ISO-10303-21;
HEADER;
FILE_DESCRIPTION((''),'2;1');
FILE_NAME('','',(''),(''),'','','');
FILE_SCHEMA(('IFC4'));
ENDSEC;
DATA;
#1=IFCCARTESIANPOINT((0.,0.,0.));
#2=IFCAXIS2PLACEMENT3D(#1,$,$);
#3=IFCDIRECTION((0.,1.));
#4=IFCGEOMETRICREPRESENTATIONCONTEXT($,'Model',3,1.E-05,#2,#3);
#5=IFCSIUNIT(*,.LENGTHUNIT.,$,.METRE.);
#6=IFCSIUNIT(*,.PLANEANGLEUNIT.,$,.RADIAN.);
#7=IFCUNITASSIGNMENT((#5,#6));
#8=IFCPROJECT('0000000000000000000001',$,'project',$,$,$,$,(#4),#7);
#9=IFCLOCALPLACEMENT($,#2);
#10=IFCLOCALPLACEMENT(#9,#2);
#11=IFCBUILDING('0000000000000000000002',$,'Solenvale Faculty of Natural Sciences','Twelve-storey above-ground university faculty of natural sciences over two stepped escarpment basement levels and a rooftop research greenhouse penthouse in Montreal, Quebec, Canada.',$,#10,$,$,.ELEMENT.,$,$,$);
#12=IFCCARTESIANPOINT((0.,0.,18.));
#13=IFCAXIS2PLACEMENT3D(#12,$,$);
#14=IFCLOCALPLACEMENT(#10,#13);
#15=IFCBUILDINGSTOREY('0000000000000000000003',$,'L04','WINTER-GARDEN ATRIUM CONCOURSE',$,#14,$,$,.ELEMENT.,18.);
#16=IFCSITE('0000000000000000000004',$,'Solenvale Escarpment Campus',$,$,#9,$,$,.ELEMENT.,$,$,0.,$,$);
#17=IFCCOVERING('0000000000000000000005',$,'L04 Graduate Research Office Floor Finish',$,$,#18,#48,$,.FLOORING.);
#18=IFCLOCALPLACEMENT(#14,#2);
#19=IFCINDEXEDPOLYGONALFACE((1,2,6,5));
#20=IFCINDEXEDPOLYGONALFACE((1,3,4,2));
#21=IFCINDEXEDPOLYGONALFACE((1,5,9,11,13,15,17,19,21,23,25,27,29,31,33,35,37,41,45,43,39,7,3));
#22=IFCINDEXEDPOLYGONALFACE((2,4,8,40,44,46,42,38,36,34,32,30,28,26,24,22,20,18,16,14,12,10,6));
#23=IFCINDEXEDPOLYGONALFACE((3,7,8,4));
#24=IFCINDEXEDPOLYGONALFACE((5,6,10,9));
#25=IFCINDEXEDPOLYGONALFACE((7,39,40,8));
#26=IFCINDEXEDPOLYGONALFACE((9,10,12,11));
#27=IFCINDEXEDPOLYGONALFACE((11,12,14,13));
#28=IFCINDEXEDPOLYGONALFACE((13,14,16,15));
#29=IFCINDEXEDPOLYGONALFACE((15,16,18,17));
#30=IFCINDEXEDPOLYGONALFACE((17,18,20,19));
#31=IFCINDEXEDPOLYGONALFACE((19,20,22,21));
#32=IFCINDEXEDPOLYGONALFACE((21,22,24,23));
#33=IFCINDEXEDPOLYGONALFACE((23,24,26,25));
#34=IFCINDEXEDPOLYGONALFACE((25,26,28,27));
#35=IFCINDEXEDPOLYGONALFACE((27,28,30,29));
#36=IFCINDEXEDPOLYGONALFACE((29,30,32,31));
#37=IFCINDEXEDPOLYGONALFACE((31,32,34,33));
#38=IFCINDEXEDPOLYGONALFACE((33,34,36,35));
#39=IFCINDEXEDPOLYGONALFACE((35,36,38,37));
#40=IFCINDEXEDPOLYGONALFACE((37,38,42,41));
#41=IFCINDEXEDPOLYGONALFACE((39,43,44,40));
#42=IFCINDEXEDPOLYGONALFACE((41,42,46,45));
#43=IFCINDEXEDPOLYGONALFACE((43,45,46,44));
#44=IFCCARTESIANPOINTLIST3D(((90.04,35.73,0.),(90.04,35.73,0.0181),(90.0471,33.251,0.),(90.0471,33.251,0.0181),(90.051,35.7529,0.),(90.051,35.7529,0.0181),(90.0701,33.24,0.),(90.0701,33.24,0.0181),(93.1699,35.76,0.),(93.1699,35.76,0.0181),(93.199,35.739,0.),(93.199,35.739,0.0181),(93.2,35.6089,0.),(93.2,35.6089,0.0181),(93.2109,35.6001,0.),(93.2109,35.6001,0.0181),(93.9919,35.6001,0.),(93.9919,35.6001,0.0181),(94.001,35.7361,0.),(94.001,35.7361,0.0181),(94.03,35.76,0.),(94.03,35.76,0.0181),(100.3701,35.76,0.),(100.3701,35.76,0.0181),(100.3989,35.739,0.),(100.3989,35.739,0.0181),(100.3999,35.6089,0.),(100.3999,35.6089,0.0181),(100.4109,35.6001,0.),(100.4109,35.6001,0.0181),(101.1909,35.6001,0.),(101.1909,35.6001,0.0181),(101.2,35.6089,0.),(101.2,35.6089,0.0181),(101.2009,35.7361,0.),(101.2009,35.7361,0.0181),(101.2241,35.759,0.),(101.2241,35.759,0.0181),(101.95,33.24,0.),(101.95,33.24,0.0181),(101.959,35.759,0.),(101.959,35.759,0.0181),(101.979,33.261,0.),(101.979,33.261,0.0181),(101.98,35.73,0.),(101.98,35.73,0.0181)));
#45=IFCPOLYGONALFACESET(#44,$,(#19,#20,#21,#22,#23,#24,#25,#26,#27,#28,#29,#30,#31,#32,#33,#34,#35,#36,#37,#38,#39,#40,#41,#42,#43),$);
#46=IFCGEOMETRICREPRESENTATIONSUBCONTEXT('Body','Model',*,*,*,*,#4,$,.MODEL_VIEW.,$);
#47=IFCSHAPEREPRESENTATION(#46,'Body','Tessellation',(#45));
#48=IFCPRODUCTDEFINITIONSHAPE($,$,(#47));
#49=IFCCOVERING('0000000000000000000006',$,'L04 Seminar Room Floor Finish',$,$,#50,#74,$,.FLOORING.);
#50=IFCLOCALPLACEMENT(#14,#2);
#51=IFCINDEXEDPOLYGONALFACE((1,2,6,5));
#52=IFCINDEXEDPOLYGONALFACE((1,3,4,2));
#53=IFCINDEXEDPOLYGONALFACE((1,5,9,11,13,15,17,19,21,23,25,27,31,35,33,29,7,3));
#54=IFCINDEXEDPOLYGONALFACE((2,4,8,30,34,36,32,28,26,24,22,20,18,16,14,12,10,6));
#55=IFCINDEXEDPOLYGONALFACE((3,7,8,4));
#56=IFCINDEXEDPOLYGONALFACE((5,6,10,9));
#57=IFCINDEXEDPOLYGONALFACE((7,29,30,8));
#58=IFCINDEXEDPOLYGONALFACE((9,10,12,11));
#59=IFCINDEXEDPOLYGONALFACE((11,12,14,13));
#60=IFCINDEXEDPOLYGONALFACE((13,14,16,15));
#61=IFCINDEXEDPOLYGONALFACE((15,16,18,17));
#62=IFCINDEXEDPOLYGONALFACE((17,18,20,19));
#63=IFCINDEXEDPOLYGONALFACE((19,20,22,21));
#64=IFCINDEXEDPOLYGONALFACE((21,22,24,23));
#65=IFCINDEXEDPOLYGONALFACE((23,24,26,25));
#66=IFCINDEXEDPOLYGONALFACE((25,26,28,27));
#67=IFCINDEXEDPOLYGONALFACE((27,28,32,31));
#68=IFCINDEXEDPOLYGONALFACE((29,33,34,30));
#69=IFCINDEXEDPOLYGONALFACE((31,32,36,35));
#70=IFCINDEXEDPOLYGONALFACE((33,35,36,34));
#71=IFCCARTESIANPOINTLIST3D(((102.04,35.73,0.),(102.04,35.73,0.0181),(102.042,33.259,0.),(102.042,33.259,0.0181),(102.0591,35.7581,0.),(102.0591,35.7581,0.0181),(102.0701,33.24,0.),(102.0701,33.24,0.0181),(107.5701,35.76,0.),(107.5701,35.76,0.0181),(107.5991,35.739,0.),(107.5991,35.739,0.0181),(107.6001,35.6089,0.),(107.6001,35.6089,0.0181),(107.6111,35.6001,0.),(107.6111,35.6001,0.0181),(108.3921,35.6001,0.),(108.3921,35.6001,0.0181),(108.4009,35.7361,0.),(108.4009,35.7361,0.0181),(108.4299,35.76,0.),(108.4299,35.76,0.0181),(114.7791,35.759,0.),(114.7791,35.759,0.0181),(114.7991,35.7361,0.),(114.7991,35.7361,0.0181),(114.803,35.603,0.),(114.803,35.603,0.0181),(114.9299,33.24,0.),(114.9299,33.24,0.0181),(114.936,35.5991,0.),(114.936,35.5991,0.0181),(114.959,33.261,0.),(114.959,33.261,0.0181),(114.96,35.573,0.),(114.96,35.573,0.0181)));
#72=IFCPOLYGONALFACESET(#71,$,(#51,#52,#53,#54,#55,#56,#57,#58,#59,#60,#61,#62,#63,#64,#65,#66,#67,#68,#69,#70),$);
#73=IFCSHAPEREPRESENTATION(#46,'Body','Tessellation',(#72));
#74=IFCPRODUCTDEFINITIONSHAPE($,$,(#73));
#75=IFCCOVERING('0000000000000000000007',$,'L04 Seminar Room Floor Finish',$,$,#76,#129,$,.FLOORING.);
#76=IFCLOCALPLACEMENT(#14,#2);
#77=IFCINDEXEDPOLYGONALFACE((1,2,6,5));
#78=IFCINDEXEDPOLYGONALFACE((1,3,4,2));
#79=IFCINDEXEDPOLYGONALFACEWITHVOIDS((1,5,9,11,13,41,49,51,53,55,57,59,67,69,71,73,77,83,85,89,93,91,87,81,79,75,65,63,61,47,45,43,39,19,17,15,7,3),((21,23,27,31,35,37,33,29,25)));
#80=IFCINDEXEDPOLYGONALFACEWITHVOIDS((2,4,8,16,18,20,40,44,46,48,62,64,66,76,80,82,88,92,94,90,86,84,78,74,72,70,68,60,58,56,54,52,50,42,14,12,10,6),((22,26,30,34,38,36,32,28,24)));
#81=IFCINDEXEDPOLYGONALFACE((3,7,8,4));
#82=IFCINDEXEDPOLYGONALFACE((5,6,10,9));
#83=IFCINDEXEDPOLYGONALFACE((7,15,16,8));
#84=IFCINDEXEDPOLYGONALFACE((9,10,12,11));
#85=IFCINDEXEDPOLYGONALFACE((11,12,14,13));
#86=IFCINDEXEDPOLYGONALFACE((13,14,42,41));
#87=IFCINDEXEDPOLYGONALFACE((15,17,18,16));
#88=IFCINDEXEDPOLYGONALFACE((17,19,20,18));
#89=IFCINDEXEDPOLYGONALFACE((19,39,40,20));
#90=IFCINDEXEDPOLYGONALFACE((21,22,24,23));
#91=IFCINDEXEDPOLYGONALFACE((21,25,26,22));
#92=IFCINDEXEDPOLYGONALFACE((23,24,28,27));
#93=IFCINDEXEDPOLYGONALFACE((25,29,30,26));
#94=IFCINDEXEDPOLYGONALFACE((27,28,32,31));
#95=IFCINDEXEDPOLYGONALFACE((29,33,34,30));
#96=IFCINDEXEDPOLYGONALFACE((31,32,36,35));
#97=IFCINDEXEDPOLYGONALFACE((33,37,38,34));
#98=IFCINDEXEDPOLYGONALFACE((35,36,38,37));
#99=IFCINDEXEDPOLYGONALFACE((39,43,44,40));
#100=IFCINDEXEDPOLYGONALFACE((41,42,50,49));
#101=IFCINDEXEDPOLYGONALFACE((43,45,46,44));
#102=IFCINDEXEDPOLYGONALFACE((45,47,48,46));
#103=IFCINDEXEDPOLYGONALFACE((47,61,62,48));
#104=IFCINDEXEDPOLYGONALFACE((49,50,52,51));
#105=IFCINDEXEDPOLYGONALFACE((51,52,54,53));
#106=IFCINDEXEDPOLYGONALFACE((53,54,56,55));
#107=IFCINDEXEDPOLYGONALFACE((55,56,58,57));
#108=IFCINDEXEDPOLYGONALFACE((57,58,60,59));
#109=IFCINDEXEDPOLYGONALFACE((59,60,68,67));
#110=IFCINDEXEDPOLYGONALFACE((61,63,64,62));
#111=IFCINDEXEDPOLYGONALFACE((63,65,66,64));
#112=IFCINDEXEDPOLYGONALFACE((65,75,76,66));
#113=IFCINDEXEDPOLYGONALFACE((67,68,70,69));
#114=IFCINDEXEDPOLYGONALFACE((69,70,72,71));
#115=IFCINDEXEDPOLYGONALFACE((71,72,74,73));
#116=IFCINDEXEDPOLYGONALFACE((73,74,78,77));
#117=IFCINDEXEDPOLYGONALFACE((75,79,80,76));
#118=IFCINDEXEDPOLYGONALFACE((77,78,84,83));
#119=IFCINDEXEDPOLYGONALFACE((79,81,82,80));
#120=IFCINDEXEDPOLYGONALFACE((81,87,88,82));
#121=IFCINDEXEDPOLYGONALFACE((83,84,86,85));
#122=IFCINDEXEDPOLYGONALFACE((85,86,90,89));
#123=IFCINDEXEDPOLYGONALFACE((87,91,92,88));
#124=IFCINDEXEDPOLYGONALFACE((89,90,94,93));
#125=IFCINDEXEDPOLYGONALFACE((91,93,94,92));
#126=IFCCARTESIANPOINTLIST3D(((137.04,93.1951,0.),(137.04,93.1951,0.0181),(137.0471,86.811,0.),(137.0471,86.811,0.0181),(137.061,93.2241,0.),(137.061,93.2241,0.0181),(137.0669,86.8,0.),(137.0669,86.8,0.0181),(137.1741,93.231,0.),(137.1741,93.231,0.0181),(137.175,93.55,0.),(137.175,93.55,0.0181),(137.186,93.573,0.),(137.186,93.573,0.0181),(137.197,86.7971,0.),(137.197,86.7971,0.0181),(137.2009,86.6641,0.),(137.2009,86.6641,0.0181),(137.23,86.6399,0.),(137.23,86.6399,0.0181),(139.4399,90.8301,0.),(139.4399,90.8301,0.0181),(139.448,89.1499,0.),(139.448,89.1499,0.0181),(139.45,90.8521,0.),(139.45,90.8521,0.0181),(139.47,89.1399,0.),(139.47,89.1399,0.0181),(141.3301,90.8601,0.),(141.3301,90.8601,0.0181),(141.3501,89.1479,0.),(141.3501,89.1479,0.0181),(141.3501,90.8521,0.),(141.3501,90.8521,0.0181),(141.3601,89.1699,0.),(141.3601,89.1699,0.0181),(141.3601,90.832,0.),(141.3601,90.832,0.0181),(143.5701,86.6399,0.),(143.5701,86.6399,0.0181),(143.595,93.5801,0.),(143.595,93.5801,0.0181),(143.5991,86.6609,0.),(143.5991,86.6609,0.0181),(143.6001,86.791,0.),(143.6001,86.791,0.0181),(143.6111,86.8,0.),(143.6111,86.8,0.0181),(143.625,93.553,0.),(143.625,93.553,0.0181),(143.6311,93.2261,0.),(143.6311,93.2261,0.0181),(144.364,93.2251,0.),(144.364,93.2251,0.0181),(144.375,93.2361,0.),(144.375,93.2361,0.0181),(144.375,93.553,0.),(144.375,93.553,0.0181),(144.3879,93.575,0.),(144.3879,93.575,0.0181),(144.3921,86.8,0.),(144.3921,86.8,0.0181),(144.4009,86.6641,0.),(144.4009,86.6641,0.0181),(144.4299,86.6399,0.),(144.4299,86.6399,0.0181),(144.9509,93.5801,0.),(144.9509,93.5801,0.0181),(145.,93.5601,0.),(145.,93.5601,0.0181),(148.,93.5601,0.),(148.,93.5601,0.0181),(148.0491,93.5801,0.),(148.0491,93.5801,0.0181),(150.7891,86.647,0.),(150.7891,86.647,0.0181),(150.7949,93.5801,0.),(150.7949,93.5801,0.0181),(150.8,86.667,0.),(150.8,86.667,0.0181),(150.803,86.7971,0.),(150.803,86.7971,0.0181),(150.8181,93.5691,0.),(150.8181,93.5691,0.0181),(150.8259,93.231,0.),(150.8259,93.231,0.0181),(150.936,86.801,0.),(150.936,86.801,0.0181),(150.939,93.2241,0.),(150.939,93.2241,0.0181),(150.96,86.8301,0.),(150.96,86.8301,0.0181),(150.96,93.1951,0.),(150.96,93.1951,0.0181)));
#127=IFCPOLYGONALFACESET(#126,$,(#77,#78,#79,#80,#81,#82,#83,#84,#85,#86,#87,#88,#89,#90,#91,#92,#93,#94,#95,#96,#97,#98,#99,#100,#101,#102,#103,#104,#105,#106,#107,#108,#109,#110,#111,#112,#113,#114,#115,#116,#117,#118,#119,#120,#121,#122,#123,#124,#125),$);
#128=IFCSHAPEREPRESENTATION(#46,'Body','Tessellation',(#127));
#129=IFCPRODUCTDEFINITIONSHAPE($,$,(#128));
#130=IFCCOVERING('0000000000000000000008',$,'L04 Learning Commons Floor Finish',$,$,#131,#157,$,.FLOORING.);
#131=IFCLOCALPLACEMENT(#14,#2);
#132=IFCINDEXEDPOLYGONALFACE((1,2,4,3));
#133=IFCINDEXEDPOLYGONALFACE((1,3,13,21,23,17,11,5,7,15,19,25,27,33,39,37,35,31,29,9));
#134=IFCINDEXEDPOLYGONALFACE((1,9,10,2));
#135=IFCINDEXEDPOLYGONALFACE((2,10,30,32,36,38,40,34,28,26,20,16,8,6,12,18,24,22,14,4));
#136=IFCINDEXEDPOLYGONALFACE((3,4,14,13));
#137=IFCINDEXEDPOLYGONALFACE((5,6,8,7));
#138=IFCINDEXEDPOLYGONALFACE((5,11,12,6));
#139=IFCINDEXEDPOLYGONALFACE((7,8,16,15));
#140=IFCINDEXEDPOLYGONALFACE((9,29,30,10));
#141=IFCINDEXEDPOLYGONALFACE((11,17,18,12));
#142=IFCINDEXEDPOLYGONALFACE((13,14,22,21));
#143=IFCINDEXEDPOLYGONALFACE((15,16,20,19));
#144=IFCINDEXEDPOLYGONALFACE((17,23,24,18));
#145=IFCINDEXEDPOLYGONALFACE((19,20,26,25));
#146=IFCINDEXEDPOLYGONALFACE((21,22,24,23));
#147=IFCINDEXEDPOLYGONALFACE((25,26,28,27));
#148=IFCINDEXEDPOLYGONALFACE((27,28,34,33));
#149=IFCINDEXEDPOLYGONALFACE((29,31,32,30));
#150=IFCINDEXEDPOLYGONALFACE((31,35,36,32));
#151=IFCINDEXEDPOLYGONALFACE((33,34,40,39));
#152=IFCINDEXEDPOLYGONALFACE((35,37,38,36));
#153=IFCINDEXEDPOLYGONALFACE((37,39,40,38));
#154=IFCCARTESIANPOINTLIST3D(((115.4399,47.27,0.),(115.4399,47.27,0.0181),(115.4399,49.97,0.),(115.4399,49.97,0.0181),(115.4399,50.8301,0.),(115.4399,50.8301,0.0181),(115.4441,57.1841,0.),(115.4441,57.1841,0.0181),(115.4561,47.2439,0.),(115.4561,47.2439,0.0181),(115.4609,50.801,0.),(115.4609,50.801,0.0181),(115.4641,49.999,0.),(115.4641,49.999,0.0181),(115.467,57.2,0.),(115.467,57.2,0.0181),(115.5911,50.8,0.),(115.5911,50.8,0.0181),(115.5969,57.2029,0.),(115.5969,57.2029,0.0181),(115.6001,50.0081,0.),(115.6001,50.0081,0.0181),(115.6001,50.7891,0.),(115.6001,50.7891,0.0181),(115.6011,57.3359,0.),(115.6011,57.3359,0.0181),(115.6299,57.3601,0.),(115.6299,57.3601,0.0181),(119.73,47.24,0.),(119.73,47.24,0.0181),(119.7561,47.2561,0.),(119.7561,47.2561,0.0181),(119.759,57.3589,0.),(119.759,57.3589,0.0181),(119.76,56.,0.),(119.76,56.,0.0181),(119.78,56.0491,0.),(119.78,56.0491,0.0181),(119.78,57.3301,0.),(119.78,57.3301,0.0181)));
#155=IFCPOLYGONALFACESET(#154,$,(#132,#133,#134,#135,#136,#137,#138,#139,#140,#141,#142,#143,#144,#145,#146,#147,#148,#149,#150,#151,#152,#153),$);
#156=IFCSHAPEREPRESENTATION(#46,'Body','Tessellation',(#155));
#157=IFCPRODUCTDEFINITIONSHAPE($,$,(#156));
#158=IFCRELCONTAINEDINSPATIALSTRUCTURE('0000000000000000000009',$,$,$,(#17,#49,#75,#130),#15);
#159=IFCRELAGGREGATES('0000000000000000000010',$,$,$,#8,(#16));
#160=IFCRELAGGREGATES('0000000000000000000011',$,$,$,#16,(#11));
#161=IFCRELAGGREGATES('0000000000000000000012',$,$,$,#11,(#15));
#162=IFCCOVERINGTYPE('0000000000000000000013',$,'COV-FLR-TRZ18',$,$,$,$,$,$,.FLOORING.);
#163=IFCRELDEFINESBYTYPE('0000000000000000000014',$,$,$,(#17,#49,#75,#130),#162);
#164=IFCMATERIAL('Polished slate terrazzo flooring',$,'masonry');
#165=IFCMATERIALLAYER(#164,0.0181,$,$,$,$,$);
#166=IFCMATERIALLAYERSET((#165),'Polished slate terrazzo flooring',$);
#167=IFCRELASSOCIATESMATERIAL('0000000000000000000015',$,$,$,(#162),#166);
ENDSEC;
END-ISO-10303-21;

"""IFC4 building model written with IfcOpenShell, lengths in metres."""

from ifc_helpers import new_model, si_unit, direction, frame, origin, place, context, subcontext, project, spatial, polyline, outline, extrude, material, layer, layer_set, type_object, element, save


model = new_model("IFC4")

# Units and contexts
model_context = context("Model", 3, precision=1e-05, world=origin(), true_north=direction((0.0, 1.0)))
body_context = subcontext(model_context, "Body", "Model", "MODEL_VIEW")
ifc_project = project(units=[si_unit("LENGTHUNIT", "METRE"), si_unit("PLANEANGLEUNIT", "RADIAN")], contexts=[model_context])

# Site, building, storey
site_placement = place(None, origin())
site = spatial("IfcSite", under=ifc_project, at=site_placement, Name="Solenvale Escarpment Campus", CompositionType="ELEMENT", RefElevation=0.0)
building_placement = place(site_placement, origin())
building = spatial("IfcBuilding", under=site, at=building_placement, Name="Solenvale Faculty of Natural Sciences", Description="Twelve-storey above-ground university faculty of natural sciences over two stepped escarpment basement levels and a rooftop research greenhouse penthouse in Montreal, Quebec, Canada.", CompositionType="ELEMENT")
storey_placement = place(building_placement, frame((0.0, 0.0, 18.0)))
storey = spatial("IfcBuildingStorey", under=building, at=storey_placement, Name="L04", Description="WINTER-GARDEN ATRIUM CONCOURSE", CompositionType="ELEMENT", Elevation=18.0)

# Coverings
ifc_material_1 = material(Name="Polished slate terrazzo flooring", Category="masonry")
ifc_layer_1 = layer(ifc_material_1, 0.0181)
ifc_layer_set_1 = layer_set([ifc_layer_1], Name="Polished slate terrazzo flooring")
covering_type_1 = type_object("IfcCoveringType", Name="COV-FLR-TRZ18", PredefinedType="FLOORING", material=ifc_layer_set_1)
covering_1_placement = place(storey_placement, origin())
element("IfcCovering", 1, at=covering_1_placement, inside=storey, type_object=covering_type_1, Name="L04 Graduate Research Office Floor Finish", PredefinedType="FLOORING", context=body_context, shape_type="SweptSolid", body=[
    extrude(outline(polyline([(93.1699, 35.76), (93.199, 35.739), (93.2, 35.6089), (93.2109, 35.6001), (93.9919, 35.6001), (94.001, 35.7361), (94.03, 35.76), (100.3701, 35.76), (100.3989, 35.739), (100.3999, 35.6089), (100.4109, 35.6001), (101.1909, 35.6001), (101.2, 35.6089), (101.2009, 35.7361), (101.2241, 35.759), (101.959, 35.759), (101.98, 35.73), (101.979, 33.261), (101.95, 33.24), (90.0701, 33.24), (90.0471, 33.251), (90.04, 35.73), (90.051, 35.7529), (93.1699, 35.76)])), origin(), (0.0, 0.0, 1.0), 0.0181),
])
covering_2_placement = place(storey_placement, origin())
element("IfcCovering", 2, at=covering_2_placement, inside=storey, type_object=covering_type_1, Name="L04 Seminar Room Floor Finish", PredefinedType="FLOORING", context=body_context, shape_type="SweptSolid", body=[
    extrude(outline(polyline([(107.5701, 35.76), (107.5991, 35.739), (107.6001, 35.6089), (107.6111, 35.6001), (108.3921, 35.6001), (108.4009, 35.7361), (108.4299, 35.76), (114.7791, 35.759), (114.7991, 35.7361), (114.803, 35.603), (114.936, 35.5991), (114.96, 35.573), (114.959, 33.261), (114.9299, 33.24), (102.0701, 33.24), (102.042, 33.259), (102.04, 35.73), (102.0591, 35.7581), (107.5701, 35.76)])), origin(), (0.0, 0.0, 1.0), 0.0181),
])
covering_3_placement = place(storey_placement, origin())
element("IfcCovering", 3, at=covering_3_placement, inside=storey, type_object=covering_type_1, Name="L04 Seminar Room Floor Finish", PredefinedType="FLOORING", context=body_context, shape_type="SweptSolid", body=[
    extrude(outline(polyline([(144.9509, 93.5801), (145.0, 93.5601), (148.0, 93.5601), (148.0491, 93.5801), (150.7949, 93.5801), (150.8181, 93.5691), (150.8259, 93.231), (150.939, 93.2241), (150.96, 93.1951), (150.96, 86.8301), (150.936, 86.801), (150.803, 86.7971), (150.8, 86.667), (150.7891, 86.647), (144.4299, 86.6399), (144.4009, 86.6641), (144.3921, 86.8), (143.6111, 86.8), (143.6001, 86.791), (143.5991, 86.6609), (143.5701, 86.6399), (137.23, 86.6399), (137.2009, 86.6641), (137.197, 86.7971), (137.0669, 86.8), (137.0471, 86.811), (137.04, 93.1951), (137.061, 93.2241), (137.1741, 93.231), (137.175, 93.55), (137.186, 93.573), (143.595, 93.5801), (143.625, 93.553), (143.6311, 93.2261), (144.364, 93.2251), (144.375, 93.2361), (144.375, 93.553), (144.3879, 93.575), (144.9509, 93.5801)]), holes=[polyline([(141.3601, 90.832), (141.3501, 90.8521), (141.3301, 90.8601), (139.45, 90.8521), (139.4399, 90.8301), (139.448, 89.1499), (139.47, 89.1399), (141.3501, 89.1479), (141.3601, 89.1699), (141.3601, 90.832)])]), origin(), (0.0, 0.0, 1.0), 0.0181),
])
covering_4_placement = place(storey_placement, origin())
element("IfcCovering", 4, at=covering_4_placement, inside=storey, type_object=covering_type_1, Name="L04 Learning Commons Floor Finish", PredefinedType="FLOORING", context=body_context, shape_type="SweptSolid", body=[
    extrude(outline(polyline([(119.78, 56.0491), (119.76, 56.0), (119.7561, 47.2561), (119.73, 47.24), (115.4561, 47.2439), (115.4399, 47.27), (115.4399, 49.97), (115.4641, 49.999), (115.6001, 50.0081), (115.6001, 50.7891), (115.5911, 50.8), (115.4609, 50.801), (115.4399, 50.8301), (115.4441, 57.1841), (115.467, 57.2), (115.5969, 57.2029), (115.6011, 57.3359), (115.6299, 57.3601), (119.759, 57.3589), (119.78, 57.3301), (119.78, 56.0491)])), origin(), (0.0, 0.0, 1.0), 0.0181),
])

save(model, "model.ifc")
